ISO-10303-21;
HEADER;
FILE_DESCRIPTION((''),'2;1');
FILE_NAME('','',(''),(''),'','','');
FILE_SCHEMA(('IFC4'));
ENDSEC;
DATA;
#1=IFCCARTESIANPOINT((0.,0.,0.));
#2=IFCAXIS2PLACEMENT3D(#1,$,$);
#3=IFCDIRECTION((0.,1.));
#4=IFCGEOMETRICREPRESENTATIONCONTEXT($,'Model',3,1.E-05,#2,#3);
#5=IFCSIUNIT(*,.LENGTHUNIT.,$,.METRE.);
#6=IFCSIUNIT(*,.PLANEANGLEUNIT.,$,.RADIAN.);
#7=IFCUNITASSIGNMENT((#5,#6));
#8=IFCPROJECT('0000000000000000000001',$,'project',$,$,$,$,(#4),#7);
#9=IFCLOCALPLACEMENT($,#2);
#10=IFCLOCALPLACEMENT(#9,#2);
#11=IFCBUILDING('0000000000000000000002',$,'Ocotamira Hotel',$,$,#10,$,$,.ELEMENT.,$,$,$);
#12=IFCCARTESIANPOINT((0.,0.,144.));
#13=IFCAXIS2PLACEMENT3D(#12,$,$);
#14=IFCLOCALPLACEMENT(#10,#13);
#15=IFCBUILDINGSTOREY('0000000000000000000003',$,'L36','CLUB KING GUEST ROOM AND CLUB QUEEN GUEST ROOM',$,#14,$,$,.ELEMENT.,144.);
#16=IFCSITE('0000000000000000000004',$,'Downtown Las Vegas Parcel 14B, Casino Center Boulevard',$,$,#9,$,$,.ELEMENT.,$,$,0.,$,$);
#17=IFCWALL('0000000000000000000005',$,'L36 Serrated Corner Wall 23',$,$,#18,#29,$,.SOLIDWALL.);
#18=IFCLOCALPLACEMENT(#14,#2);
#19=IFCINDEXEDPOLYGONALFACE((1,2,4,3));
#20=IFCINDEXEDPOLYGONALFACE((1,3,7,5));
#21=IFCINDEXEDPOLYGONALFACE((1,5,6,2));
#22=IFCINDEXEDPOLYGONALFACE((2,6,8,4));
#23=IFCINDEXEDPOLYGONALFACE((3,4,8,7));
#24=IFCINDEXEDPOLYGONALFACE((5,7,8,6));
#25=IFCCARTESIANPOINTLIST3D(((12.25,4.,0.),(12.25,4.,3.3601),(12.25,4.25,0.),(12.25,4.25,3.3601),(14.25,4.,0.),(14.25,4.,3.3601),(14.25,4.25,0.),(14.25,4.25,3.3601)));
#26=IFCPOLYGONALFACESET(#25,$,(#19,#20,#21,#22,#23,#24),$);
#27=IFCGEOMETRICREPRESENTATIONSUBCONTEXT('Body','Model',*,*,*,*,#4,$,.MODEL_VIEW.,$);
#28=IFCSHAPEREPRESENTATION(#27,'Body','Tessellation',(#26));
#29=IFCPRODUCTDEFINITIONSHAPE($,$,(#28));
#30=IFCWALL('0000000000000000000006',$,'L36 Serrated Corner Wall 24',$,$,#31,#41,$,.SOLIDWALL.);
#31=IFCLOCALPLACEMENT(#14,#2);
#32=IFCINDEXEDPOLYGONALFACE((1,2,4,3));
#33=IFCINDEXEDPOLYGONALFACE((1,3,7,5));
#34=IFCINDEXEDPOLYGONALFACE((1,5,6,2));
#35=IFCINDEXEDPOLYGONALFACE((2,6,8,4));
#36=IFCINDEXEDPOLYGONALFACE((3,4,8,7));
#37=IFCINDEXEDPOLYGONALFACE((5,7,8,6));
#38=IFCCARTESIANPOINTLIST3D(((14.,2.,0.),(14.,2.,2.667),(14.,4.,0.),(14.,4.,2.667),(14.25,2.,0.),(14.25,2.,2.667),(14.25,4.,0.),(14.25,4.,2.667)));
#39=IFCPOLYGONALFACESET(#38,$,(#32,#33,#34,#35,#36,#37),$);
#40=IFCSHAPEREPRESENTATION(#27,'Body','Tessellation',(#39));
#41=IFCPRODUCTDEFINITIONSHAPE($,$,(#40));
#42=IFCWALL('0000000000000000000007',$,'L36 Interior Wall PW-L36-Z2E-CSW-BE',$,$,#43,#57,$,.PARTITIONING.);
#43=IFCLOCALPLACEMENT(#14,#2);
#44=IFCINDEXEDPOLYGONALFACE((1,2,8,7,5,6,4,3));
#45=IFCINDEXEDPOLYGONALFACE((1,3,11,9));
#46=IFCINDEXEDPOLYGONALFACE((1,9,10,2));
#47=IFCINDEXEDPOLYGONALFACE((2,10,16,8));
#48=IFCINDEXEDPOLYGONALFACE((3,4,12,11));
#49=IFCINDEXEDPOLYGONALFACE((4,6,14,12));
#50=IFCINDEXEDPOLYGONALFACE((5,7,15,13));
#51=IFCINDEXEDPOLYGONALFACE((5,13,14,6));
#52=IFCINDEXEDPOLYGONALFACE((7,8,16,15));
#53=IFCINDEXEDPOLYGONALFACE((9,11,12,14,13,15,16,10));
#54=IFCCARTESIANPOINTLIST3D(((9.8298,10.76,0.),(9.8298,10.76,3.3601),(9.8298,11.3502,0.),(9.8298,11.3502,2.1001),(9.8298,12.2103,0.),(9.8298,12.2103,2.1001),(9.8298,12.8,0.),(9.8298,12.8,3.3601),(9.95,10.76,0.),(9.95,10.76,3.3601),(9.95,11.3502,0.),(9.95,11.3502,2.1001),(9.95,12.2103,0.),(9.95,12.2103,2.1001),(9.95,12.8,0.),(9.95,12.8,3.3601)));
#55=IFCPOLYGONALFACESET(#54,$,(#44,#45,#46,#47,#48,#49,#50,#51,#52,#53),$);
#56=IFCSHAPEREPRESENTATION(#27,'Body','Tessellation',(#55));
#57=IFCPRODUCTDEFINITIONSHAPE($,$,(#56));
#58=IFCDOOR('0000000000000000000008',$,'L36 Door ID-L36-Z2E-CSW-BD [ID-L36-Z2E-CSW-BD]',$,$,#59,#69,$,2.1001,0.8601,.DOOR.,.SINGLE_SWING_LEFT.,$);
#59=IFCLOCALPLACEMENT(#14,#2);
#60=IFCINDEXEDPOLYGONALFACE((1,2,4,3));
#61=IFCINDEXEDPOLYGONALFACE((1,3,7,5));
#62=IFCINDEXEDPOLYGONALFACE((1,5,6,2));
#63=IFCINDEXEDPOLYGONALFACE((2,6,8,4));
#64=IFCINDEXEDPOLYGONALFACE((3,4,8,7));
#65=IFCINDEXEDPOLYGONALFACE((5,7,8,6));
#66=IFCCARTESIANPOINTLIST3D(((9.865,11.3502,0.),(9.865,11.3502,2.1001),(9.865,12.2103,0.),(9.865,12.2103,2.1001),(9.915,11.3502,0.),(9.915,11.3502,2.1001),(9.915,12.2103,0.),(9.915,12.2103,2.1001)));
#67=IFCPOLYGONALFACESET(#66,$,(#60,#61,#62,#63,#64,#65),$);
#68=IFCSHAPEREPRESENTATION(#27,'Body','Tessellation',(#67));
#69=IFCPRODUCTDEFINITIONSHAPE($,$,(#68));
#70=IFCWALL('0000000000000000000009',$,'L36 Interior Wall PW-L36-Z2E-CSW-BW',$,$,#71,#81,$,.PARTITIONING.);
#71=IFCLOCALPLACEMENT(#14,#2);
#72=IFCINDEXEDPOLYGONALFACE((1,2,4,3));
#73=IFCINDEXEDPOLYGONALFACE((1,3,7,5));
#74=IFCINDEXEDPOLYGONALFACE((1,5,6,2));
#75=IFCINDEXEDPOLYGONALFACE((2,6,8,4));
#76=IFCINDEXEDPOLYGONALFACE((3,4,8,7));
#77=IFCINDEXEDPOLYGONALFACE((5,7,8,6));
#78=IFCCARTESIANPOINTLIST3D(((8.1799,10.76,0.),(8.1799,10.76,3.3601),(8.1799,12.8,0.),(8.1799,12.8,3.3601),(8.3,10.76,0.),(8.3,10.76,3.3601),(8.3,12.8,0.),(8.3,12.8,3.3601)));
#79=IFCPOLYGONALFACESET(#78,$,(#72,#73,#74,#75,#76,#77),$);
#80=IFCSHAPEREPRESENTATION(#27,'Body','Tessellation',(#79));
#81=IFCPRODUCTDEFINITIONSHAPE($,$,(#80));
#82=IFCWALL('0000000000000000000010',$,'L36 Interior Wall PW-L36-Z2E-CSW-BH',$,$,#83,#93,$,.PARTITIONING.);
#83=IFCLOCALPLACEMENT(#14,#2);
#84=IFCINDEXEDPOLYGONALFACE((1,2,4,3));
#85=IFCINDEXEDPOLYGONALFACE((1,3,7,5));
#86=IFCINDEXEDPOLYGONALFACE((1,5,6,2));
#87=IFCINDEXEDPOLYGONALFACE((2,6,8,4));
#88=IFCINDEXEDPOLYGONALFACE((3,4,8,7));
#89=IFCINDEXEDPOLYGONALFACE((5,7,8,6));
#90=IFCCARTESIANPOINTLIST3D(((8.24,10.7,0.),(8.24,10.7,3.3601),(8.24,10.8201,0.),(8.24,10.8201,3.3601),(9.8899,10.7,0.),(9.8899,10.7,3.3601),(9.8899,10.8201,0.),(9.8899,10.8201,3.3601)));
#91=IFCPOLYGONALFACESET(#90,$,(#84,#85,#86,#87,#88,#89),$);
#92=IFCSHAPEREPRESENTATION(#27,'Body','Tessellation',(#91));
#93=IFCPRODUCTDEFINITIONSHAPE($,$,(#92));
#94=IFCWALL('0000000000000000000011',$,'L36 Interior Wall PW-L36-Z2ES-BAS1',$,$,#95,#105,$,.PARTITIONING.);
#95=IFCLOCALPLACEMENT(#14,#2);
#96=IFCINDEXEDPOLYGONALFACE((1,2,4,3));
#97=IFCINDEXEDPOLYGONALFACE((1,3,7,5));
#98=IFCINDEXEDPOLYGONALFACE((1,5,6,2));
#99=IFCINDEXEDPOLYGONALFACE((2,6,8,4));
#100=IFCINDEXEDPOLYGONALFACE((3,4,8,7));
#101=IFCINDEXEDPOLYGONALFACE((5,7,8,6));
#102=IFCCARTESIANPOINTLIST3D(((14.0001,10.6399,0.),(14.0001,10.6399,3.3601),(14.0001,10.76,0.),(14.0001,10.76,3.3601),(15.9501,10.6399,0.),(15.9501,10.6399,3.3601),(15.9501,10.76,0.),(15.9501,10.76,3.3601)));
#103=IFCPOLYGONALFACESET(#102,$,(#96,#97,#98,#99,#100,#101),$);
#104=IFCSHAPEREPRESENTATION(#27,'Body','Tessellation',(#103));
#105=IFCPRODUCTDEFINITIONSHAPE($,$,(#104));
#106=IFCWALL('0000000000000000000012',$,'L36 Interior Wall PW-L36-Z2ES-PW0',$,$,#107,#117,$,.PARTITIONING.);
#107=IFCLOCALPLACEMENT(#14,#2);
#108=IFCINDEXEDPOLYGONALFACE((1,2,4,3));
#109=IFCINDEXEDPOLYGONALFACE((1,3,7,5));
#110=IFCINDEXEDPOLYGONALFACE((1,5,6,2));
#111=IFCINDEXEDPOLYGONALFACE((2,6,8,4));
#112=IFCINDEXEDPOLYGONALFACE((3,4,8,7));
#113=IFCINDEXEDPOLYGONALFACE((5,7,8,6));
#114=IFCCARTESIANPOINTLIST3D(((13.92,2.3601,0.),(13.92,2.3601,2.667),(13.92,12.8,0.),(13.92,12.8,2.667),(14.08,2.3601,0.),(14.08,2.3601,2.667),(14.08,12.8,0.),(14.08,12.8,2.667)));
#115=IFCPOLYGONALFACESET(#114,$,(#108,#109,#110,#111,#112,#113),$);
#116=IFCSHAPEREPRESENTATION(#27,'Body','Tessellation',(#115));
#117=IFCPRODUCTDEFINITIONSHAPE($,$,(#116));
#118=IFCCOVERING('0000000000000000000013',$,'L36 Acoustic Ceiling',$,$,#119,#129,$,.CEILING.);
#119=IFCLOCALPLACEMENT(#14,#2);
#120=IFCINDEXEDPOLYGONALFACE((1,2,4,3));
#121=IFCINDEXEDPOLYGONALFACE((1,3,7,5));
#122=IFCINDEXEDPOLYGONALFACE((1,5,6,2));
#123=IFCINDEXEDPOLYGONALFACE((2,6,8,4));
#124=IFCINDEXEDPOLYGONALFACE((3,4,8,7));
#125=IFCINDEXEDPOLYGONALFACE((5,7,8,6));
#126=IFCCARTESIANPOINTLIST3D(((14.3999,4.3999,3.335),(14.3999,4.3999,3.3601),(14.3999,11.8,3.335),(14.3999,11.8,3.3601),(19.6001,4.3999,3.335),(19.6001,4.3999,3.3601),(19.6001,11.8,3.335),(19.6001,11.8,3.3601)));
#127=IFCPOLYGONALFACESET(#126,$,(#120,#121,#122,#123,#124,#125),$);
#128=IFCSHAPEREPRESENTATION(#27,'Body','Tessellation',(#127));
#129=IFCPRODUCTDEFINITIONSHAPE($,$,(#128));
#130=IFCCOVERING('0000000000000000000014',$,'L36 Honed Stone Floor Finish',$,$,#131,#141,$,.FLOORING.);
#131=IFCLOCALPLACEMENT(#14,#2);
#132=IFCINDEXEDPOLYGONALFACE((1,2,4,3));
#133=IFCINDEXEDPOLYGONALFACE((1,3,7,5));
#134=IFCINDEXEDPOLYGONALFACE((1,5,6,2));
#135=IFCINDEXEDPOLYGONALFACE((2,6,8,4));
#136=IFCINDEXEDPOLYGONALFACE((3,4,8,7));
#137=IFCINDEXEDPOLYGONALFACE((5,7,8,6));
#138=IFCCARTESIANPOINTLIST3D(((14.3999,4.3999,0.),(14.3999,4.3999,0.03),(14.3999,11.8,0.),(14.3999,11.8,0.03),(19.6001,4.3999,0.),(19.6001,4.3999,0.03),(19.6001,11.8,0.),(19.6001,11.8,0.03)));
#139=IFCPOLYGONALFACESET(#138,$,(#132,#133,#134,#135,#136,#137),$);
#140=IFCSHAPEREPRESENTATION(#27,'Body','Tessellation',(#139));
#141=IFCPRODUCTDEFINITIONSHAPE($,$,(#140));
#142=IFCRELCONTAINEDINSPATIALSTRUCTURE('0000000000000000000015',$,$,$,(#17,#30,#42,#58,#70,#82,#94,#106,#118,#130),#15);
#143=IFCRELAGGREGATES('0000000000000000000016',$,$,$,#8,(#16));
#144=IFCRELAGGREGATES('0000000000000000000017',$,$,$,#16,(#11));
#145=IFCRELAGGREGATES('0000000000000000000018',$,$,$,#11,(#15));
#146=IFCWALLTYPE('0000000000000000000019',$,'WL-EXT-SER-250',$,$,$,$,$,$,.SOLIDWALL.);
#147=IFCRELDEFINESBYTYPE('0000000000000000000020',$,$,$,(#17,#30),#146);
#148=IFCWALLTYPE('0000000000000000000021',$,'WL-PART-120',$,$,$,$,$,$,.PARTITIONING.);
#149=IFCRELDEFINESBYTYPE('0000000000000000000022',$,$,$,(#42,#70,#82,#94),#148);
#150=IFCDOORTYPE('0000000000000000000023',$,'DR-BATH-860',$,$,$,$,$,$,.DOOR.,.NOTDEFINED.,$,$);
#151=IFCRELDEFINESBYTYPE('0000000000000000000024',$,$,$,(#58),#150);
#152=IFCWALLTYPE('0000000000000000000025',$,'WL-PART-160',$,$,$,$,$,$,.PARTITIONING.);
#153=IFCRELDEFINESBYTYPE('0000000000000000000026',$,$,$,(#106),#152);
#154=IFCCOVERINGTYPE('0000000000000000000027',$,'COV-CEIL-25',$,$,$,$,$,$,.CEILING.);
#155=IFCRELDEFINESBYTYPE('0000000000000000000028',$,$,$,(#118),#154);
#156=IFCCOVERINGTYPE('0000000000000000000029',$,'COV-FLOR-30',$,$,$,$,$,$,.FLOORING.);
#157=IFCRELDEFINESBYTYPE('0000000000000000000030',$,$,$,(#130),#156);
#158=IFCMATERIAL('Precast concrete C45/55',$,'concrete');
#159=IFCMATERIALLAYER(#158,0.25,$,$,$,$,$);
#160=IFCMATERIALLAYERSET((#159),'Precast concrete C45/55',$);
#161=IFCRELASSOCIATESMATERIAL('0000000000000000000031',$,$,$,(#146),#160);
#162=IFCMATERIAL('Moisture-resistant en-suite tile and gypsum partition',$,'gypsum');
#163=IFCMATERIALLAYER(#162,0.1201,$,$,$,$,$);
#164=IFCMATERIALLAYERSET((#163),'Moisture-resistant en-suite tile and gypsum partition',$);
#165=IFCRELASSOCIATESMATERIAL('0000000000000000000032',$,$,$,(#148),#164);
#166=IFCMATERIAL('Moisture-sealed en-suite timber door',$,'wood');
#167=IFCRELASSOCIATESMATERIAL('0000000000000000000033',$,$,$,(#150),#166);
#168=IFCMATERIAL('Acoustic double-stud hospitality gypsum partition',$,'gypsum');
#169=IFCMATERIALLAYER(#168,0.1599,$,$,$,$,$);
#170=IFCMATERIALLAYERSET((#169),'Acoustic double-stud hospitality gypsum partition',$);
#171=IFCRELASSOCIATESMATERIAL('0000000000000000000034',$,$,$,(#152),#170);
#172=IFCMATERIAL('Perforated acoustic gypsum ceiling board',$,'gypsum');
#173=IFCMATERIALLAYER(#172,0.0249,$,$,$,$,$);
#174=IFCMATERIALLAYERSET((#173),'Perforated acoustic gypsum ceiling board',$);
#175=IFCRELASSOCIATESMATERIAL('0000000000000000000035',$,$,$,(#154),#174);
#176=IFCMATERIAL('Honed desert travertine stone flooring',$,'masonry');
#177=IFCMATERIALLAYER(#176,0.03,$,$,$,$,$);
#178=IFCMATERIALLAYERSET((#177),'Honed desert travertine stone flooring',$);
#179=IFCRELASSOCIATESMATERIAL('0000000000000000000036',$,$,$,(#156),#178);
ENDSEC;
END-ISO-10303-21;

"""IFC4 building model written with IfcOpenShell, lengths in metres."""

from ifc_helpers import new_model, si_unit, direction, frame, frame_2d, origin, place, context, subcontext, project, spatial, polyline, rectangle, outline, extrude, source, transform, mapped, material, layer, layer_set, type_object, element, fill, save


model = new_model("IFC4")

# Units and contexts
model_context = context("Model", 3, precision=1e-05, world=origin(), true_north=direction((0.0, 1.0)))
body_context = subcontext(model_context, "Body", "Model", "MODEL_VIEW")
ifc_project = project(units=[si_unit("LENGTHUNIT", "METRE"), si_unit("PLANEANGLEUNIT", "RADIAN")], contexts=[model_context])

# Site, building, storey
site_placement = place(None, origin())
site = spatial("IfcSite", under=ifc_project, at=site_placement, Name="Downtown Las Vegas Parcel 14B, Casino Center Boulevard", CompositionType="ELEMENT", RefElevation=0.0)
building_placement = place(site_placement, origin())
building = spatial("IfcBuilding", under=site, at=building_placement, Name="Ocotamira Hotel", CompositionType="ELEMENT")
storey_placement = place(building_placement, frame((0.0, 0.0, 144.0)))
storey = spatial("IfcBuildingStorey", under=building, at=storey_placement, Name="L36", Description="CLUB KING GUEST ROOM AND CLUB QUEEN GUEST ROOM", CompositionType="ELEMENT", Elevation=144.0)

# Walls
ifc_material_1 = material(Name="Precast concrete C45/55", Category="concrete")
ifc_layer_1 = layer(ifc_material_1, 0.25)
ifc_layer_set_1 = layer_set([ifc_layer_1], Name="Precast concrete C45/55")
wall_type_1 = type_object("IfcWallType", Name="WL-EXT-SER-250", PredefinedType="SOLIDWALL", material=ifc_layer_set_1)
for number, where, z_axis, x_axis, name in (
    (1, (12.25, 4.125, 0.0), (0.0, 0.0, 1.0), (1.0, 0.0, 0.0), "L36 Serrated Corner Wall 23"),
):
    element("IfcWall", number, at=place(storey_placement, frame(where, z_axis=z_axis, x_axis=x_axis)), inside=storey, type_object=wall_type_1, Name=name, PredefinedType="SOLIDWALL", context=body_context, shape_type="SweptSolid", body=[
        extrude(rectangle(XDim=2.0, YDim=0.25, at=frame_2d((1.0, 0.0))), origin(), (0.0, 0.0, 1.0), 3.3601),
    ])
wall_1_placement = place(storey_placement, frame((14.125, 4.0, 0.0), z_axis=(0.0, 0.0, 1.0), x_axis=(0.0, -1.0, 0.0)))
element("IfcWall", 2, at=wall_1_placement, inside=storey, type_object=wall_type_1, Name="L36 Serrated Corner Wall 24", PredefinedType="SOLIDWALL", context=body_context, shape_type="SweptSolid", body=[
    extrude(rectangle(XDim=2.0, YDim=0.25, at=frame_2d((1.0, 0.0))), origin(), (0.0, 0.0, 1.0), 2.667),
])

# Wall, opening, door
ifc_material_2 = material(Name="Moisture-resistant en-suite tile and gypsum partition", Category="gypsum")
ifc_layer_2 = layer(ifc_material_2, 0.1201)
ifc_layer_set_2 = layer_set([ifc_layer_2], Name="Moisture-resistant en-suite tile and gypsum partition")
wall_type_2 = type_object("IfcWallType", Name="WL-PART-120", PredefinedType="PARTITIONING", material=ifc_layer_set_2)
wall_2_placement = place(storey_placement, frame((9.8899, 10.76, 0.0), z_axis=(0.0, 0.0, 1.0), x_axis=(0.0, 1.0, 0.0)))
wall_2 = element("IfcWall", 3, at=wall_2_placement, inside=storey, type_object=wall_type_2, Name="L36 Interior Wall PW-L36-Z2E-CSW-BE", PredefinedType="PARTITIONING", context=body_context, shape_type="SweptSolid", body=[
    extrude(rectangle(XDim=2.04, YDim=0.1201, at=frame_2d((1.02, 0.0))), origin(), (0.0, 0.0, 1.0), 3.3601),
])
opening_1_placement = place(wall_2_placement, frame((0.5901, 0.0, 0.0)))
opening_1 = element("IfcOpeningElement", 4, at=opening_1_placement, cuts=wall_2, PredefinedType="OPENING", context=body_context, shape_type="SweptSolid", body=[
    extrude(rectangle(XDim=0.8601, YDim=2.1001, at=frame_2d((0.4302, 1.05))), frame((0.0, 0.0701, 0.0), z_axis=(0.0, -1.0, 0.0), x_axis=(1.0, 0.0, 0.0)), (0.0, 0.0, 1.0), 0.1401),
])
ifc_material_3 = material(Name="Moisture-sealed en-suite timber door", Category="wood")
door_type_1 = type_object("IfcDoorType", Name="DR-BATH-860", OperationType="NOTDEFINED", PredefinedType="DOOR", material=ifc_material_3)
shared_shape_1 = source(origin(), body_context, "Body", "SweptSolid", [
    extrude(rectangle(XDim=0.8601, YDim=2.1001, at=frame_2d((0.4302, 1.05))), frame((0.0, 0.0249, 0.0), z_axis=(0.0, -1.0, 0.0), x_axis=(1.0, 0.0, 0.0)), (0.0, 0.0, 1.0), 0.05),
])
door_1_placement = place(opening_1_placement, origin())
door_1 = element("IfcDoor", 5, at=door_1_placement, inside=storey, type_object=door_type_1, Name="L36 Door ID-L36-Z2E-CSW-BD [ID-L36-Z2E-CSW-BD]", OperationType="SINGLE_SWING_LEFT", OverallHeight=2.1001, OverallWidth=0.8601, PredefinedType="DOOR", context=body_context, shape_type="MappedRepresentation", body=[
    mapped(shared_shape_1, transform((0.0, 0.0, 0.0), scale=1.0)),
])
fill(opening_1, door_1)

# Walls
wall_3_placement = place(storey_placement, frame((8.24, 10.76, 0.0), z_axis=(0.0, 0.0, 1.0), x_axis=(0.0, 1.0, 0.0)))
element("IfcWall", 6, at=wall_3_placement, inside=storey, type_object=wall_type_2, Name="L36 Interior Wall PW-L36-Z2E-CSW-BW", PredefinedType="PARTITIONING", context=body_context, shape_type="SweptSolid", body=[
    extrude(rectangle(XDim=2.04, YDim=0.1201, at=frame_2d((1.02, 0.0))), origin(), (0.0, 0.0, 1.0), 3.3601),
])
wall_4_placement = place(storey_placement, frame((8.24, 10.76, 0.0), z_axis=(0.0, 0.0, 1.0), x_axis=(1.0, 0.0, 0.0)))
element("IfcWall", 7, at=wall_4_placement, inside=storey, type_object=wall_type_2, Name="L36 Interior Wall PW-L36-Z2E-CSW-BH", PredefinedType="PARTITIONING", context=body_context, shape_type="SweptSolid", body=[
    extrude(rectangle(XDim=1.6499, YDim=0.1201, at=frame_2d((0.825, 0.0))), origin(), (0.0, 0.0, 1.0), 3.3601),
])
wall_5_placement = place(storey_placement, frame((14.0, 10.7, 0.0), z_axis=(0.0, 0.0, 1.0), x_axis=(1.0, 0.0, 0.0)))
element("IfcWall", 8, at=wall_5_placement, inside=storey, type_object=wall_type_2, Name="L36 Interior Wall PW-L36-Z2ES-BAS1", PredefinedType="PARTITIONING", context=body_context, shape_type="SweptSolid", body=[
    extrude(rectangle(XDim=1.95, YDim=0.1201, at=frame_2d((0.9751, 0.0))), origin(), (0.0, 0.0, 1.0), 3.3601),
])
ifc_material_4 = material(Name="Acoustic double-stud hospitality gypsum partition", Category="gypsum")
ifc_layer_3 = layer(ifc_material_4, 0.1599)
ifc_layer_set_3 = layer_set([ifc_layer_3], Name="Acoustic double-stud hospitality gypsum partition")
wall_type_3 = type_object("IfcWallType", Name="WL-PART-160", PredefinedType="PARTITIONING", material=ifc_layer_set_3)
wall_6_placement = place(storey_placement, frame((14.0, 2.3601, 0.0), z_axis=(0.0, 0.0, 1.0), x_axis=(0.0, 1.0, 0.0)))
element("IfcWall", 9, at=wall_6_placement, inside=storey, type_object=wall_type_3, Name="L36 Interior Wall PW-L36-Z2ES-PW0", PredefinedType="PARTITIONING", context=body_context, shape_type="SweptSolid", body=[
    extrude(rectangle(XDim=10.4399, YDim=0.1599, at=frame_2d((5.22, 0.0))), origin(), (0.0, 0.0, 1.0), 2.667),
])

# Coverings
ifc_material_5 = material(Name="Perforated acoustic gypsum ceiling board", Category="gypsum")
ifc_layer_4 = layer(ifc_material_5, 0.0249)
ifc_layer_set_4 = layer_set([ifc_layer_4], Name="Perforated acoustic gypsum ceiling board")
covering_type_1 = type_object("IfcCoveringType", Name="COV-CEIL-25", PredefinedType="CEILING", material=ifc_layer_set_4)
covering_1_placement = place(storey_placement, frame((0.0, 0.0, 3.335)))
element("IfcCovering", 10, at=covering_1_placement, inside=storey, type_object=covering_type_1, Name="L36 Acoustic Ceiling", PredefinedType="CEILING", context=body_context, shape_type="SweptSolid", body=[
    extrude(outline(polyline([(14.3999, 4.3999), (19.6001, 4.3999), (19.6001, 11.8), (14.3999, 11.8), (14.3999, 4.3999)])), origin(), (0.0, 0.0, 1.0), 0.0251),
])
ifc_material_6 = material(Name="Honed desert travertine stone flooring", Category="masonry")
ifc_layer_5 = layer(ifc_material_6, 0.03)
ifc_layer_set_5 = layer_set([ifc_layer_5], Name="Honed desert travertine stone flooring")
covering_type_2 = type_object("IfcCoveringType", Name="COV-FLOR-30", PredefinedType="FLOORING", material=ifc_layer_set_5)
covering_2_placement = place(storey_placement, origin())
element("IfcCovering", 11, at=covering_2_placement, inside=storey, type_object=covering_type_2, Name="L36 Honed Stone Floor Finish", PredefinedType="FLOORING", context=body_context, shape_type="SweptSolid", body=[
    extrude(outline(polyline([(14.3999, 4.3999), (19.6001, 4.3999), (19.6001, 11.8), (14.3999, 11.8), (14.3999, 4.3999)])), origin(), (0.0, 0.0, 1.0), 0.03),
])

save(model, "model.ifc")
